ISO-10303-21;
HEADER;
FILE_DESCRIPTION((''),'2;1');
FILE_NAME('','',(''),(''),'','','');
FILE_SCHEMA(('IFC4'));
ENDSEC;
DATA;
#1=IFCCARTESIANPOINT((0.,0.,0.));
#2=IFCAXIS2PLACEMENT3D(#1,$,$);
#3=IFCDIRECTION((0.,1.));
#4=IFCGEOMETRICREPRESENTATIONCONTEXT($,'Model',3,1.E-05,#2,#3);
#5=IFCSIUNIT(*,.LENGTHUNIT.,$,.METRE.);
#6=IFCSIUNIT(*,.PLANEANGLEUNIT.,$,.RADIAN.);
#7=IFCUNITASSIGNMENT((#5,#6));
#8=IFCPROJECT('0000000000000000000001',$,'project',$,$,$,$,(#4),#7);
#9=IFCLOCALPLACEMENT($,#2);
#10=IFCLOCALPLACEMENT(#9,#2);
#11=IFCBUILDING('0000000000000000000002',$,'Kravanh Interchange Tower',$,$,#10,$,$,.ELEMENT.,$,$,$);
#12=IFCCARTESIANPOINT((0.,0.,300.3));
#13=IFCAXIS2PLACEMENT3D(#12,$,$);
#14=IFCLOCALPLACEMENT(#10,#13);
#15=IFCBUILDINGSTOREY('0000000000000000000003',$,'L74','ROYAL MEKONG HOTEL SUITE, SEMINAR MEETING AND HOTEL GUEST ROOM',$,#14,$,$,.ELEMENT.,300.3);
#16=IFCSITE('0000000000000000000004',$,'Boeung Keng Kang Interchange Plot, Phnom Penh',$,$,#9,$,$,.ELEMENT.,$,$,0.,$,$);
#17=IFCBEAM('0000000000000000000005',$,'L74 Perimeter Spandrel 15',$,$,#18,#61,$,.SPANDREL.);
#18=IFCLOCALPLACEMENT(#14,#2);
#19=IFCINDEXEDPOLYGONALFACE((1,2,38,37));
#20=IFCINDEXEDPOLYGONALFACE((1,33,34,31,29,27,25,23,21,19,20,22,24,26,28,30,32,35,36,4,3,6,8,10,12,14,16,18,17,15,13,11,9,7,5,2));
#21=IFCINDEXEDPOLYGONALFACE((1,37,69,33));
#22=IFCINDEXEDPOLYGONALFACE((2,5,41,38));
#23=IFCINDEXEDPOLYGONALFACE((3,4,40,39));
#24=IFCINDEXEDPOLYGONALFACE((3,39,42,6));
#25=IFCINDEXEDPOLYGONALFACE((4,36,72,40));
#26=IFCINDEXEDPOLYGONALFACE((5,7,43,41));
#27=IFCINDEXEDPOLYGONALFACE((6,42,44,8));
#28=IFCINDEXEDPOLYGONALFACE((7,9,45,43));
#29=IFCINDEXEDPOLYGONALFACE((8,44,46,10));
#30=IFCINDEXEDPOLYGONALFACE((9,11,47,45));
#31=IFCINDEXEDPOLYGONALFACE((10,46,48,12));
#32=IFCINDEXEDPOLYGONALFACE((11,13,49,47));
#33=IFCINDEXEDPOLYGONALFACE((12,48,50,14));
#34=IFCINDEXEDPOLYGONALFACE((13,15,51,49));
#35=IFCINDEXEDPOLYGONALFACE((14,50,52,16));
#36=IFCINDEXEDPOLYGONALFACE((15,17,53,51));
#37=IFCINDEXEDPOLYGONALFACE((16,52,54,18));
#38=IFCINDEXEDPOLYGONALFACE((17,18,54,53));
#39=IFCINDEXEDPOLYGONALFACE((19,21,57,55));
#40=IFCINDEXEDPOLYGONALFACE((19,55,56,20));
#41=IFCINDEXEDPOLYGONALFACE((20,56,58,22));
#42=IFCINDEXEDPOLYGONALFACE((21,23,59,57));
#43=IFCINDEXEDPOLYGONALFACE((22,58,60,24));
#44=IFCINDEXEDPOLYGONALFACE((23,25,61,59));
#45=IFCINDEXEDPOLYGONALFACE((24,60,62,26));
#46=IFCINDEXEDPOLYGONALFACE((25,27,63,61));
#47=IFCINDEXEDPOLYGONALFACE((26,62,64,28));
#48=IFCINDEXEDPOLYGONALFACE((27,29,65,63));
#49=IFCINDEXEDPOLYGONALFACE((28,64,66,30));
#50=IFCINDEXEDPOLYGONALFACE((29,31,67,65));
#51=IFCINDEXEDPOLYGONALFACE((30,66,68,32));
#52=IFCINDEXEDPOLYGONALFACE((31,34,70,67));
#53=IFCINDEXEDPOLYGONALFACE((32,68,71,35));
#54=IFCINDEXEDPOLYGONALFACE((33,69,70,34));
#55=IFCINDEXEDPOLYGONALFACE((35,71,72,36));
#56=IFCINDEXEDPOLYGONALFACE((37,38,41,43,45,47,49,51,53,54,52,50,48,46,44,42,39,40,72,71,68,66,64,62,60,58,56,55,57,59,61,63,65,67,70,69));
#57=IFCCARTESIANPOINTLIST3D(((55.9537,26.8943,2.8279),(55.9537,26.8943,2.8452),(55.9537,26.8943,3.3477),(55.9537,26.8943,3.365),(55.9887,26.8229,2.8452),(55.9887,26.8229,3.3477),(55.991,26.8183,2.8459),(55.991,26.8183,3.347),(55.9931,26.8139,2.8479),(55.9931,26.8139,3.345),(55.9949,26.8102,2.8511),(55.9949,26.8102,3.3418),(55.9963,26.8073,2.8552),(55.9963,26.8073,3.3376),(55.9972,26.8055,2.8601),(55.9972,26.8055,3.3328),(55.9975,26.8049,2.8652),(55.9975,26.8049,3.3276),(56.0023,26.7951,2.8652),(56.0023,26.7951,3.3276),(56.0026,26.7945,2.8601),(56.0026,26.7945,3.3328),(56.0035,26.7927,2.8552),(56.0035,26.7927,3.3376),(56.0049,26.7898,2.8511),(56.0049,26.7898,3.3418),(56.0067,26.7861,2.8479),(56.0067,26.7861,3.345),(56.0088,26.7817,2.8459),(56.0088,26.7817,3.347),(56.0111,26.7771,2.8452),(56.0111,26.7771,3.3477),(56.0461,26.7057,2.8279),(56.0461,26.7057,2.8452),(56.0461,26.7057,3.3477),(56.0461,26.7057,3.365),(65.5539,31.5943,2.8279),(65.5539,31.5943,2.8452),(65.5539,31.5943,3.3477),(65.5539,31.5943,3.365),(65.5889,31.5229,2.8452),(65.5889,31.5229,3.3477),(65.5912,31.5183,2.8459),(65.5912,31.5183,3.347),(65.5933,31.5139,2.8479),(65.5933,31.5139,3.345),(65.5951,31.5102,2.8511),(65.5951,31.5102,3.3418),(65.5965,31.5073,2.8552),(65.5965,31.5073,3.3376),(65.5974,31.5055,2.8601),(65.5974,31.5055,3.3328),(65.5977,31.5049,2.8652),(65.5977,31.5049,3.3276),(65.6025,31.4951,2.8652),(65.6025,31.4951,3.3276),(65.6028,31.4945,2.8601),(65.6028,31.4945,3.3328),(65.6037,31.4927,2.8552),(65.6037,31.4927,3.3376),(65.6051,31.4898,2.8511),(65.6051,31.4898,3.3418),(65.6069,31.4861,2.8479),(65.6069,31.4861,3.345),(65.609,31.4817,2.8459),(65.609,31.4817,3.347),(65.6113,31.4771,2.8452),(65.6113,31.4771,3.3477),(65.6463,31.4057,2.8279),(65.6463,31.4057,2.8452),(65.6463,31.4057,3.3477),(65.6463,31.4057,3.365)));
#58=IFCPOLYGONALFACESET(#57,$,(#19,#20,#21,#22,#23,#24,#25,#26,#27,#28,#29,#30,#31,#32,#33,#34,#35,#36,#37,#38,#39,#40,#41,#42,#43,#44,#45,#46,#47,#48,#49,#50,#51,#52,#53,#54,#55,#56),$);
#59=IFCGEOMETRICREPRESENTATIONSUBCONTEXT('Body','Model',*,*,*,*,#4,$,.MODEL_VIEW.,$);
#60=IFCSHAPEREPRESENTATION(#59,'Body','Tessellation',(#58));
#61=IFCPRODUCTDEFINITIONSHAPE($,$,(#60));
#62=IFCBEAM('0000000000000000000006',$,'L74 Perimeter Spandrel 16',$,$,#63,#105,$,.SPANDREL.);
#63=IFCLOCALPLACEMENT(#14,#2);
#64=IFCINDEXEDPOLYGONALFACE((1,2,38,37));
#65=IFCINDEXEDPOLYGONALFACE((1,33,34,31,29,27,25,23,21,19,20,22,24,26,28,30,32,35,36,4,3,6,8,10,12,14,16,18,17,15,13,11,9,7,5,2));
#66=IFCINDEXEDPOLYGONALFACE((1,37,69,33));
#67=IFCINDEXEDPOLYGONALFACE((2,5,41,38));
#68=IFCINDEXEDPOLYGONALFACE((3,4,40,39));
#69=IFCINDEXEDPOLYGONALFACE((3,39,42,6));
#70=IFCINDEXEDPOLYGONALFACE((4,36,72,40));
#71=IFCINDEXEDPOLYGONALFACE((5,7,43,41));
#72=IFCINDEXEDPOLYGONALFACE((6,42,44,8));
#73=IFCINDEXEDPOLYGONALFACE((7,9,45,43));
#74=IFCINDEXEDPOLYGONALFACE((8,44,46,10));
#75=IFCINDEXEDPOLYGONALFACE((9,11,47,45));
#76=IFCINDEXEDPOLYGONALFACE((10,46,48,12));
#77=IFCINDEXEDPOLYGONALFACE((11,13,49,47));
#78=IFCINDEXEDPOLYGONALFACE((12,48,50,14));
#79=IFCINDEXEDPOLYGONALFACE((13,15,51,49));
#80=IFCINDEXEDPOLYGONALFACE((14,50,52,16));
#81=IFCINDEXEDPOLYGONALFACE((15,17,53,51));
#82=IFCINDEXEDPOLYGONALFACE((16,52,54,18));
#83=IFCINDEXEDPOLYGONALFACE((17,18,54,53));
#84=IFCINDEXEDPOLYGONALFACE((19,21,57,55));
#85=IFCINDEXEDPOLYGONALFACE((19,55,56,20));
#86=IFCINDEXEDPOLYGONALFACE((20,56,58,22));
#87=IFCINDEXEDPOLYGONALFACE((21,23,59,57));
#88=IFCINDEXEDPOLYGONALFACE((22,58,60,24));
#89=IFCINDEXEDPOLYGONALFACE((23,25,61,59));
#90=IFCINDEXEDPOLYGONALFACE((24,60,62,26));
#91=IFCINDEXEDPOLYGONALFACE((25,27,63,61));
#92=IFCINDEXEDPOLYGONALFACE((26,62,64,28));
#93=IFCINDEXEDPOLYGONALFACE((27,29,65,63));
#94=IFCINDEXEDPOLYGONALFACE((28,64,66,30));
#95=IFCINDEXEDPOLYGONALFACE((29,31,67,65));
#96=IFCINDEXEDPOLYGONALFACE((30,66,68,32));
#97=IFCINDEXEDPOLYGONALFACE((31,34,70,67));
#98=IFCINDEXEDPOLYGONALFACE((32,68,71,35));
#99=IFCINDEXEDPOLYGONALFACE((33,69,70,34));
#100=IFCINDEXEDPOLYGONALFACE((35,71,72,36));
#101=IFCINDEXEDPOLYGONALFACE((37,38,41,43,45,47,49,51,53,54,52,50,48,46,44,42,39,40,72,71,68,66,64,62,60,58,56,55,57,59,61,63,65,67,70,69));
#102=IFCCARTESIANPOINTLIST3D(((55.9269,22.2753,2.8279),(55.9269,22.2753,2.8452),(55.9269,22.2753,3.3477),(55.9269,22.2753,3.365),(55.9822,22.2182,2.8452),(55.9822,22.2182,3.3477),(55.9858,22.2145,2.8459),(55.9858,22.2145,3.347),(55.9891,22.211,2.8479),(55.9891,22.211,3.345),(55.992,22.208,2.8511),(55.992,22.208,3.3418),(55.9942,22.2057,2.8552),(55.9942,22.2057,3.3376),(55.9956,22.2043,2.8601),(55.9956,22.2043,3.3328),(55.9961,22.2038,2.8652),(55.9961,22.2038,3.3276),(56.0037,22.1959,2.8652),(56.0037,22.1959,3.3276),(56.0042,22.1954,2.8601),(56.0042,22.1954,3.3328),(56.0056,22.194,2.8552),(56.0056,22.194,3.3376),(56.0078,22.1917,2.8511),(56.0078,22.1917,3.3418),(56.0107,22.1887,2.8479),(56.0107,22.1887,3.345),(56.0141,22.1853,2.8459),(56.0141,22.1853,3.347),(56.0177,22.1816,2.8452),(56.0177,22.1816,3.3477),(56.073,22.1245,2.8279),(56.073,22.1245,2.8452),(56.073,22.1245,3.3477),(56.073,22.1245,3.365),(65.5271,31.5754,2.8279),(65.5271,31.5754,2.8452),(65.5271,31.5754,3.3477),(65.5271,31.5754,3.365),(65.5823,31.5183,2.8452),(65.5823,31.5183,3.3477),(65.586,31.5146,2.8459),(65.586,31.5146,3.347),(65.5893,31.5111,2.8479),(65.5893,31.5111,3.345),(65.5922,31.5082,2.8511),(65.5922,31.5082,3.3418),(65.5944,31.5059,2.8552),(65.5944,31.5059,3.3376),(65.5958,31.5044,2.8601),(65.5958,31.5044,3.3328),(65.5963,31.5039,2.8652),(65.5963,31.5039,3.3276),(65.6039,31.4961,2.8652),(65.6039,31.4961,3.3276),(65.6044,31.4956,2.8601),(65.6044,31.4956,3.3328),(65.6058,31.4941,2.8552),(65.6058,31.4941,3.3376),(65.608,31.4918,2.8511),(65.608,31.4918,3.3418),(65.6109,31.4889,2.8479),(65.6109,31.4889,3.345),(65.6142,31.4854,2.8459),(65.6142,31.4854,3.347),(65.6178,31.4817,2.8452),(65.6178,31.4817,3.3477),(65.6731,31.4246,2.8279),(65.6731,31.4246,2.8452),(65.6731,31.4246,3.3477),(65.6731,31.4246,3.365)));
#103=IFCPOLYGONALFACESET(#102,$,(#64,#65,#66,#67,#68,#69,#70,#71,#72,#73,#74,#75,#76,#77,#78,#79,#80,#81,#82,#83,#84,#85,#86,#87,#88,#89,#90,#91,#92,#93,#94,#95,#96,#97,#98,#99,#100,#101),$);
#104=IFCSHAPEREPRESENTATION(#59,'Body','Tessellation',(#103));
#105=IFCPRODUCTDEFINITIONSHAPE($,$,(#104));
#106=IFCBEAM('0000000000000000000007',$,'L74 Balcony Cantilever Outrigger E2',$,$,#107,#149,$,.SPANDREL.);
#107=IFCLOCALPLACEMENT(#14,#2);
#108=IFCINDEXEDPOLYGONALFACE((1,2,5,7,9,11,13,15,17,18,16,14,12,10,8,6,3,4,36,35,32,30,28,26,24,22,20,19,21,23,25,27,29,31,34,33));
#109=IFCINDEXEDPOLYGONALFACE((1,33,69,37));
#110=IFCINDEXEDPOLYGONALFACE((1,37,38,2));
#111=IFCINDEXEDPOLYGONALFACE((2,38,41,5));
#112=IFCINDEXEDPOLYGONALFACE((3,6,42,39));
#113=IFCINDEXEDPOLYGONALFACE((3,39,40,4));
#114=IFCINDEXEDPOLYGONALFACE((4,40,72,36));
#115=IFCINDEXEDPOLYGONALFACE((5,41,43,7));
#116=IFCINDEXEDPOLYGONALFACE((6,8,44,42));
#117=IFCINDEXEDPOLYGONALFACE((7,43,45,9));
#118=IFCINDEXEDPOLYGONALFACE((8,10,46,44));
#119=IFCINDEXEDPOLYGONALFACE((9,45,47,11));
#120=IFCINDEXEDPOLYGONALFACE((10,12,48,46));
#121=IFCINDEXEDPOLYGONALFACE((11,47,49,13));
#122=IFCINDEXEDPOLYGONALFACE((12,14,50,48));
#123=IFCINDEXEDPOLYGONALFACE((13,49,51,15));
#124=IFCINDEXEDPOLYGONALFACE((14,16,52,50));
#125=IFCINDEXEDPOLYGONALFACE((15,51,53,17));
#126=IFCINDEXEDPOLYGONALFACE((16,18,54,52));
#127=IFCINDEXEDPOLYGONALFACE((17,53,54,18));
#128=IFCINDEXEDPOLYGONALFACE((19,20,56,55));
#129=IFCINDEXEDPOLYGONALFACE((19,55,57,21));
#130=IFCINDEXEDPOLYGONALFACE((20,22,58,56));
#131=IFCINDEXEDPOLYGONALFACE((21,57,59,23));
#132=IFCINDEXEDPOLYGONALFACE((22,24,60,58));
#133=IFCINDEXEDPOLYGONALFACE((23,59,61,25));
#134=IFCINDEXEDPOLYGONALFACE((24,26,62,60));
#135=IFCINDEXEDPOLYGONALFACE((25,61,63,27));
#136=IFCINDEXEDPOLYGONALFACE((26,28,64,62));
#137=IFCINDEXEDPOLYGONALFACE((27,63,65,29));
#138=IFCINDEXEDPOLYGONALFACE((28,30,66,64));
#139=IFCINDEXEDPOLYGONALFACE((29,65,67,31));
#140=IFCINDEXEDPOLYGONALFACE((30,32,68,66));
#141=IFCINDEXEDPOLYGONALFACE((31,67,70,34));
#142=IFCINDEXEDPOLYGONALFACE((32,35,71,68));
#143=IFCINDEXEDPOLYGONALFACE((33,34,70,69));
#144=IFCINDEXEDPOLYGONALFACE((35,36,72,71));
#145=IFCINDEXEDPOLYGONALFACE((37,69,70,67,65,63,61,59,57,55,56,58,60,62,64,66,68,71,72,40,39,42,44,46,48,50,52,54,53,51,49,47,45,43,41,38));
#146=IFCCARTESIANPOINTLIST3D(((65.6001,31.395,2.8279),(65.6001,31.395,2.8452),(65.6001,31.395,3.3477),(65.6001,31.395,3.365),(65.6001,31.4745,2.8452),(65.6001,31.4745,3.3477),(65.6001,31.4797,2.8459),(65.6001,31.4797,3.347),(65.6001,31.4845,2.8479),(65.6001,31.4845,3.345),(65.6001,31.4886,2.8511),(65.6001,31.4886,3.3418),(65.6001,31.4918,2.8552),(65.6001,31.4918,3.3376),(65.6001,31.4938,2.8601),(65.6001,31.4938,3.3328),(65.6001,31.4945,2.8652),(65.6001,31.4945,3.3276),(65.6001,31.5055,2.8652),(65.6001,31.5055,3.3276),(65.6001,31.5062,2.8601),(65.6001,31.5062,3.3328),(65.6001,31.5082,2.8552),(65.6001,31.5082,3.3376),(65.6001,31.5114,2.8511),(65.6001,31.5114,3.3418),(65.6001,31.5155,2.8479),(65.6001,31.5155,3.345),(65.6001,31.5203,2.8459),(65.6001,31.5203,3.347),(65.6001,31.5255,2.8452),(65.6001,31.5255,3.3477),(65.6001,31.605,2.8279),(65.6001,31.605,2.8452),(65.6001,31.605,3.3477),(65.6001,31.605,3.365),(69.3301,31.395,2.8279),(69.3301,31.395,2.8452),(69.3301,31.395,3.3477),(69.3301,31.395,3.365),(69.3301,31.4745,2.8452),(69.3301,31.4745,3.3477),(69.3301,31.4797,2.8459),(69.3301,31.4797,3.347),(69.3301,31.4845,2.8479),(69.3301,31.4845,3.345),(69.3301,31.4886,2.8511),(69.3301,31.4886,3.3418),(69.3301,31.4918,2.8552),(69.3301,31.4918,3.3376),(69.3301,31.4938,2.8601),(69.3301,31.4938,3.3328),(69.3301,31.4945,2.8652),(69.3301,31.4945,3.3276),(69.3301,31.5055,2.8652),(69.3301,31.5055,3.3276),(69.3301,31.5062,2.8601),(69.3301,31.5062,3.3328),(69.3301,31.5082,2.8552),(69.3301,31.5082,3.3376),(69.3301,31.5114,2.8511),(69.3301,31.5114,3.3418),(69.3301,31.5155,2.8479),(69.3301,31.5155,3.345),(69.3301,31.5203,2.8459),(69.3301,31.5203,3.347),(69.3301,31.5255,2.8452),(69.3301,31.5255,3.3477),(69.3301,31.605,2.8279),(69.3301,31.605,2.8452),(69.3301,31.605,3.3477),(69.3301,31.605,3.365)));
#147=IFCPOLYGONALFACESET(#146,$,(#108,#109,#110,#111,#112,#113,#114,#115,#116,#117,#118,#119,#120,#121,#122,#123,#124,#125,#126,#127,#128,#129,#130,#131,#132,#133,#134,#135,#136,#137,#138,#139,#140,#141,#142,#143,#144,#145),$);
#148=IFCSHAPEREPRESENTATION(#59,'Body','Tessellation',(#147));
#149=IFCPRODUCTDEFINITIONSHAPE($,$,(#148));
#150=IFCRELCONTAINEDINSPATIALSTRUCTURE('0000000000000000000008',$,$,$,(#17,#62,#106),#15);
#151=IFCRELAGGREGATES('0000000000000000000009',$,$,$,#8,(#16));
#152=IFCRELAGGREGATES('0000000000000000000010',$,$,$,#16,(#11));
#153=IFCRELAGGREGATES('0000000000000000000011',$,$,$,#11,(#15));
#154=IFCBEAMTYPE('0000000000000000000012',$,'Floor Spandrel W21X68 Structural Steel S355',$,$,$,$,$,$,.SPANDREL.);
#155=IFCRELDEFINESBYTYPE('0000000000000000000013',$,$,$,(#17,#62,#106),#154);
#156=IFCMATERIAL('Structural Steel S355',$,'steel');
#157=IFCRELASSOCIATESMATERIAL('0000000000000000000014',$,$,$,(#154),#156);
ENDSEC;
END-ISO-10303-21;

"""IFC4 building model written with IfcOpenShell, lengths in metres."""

from ifc_helpers import new_model, si_unit, direction, frame, origin, origin_2d, place, context, subcontext, project, spatial, i_section, extrude, material, material_profile, profile_set, type_object, element, save


model = new_model("IFC4")

# Units and contexts
model_context = context("Model", 3, precision=1e-05, world=origin(), true_north=direction((0.0, 1.0)))
body_context = subcontext(model_context, "Body", "Model", "MODEL_VIEW")
ifc_project = project(units=[si_unit("LENGTHUNIT", "METRE"), si_unit("PLANEANGLEUNIT", "RADIAN")], contexts=[model_context])

# Site, building, storey
site_placement = place(None, origin())
site = spatial("IfcSite", under=ifc_project, at=site_placement, Name="Boeung Keng Kang Interchange Plot, Phnom Penh", CompositionType="ELEMENT", RefElevation=0.0)
building_placement = place(site_placement, origin())
building = spatial("IfcBuilding", under=site, at=building_placement, Name="Kravanh Interchange Tower", CompositionType="ELEMENT")
storey_placement = place(building_placement, frame((0.0, 0.0, 300.3)))
storey = spatial("IfcBuildingStorey", under=building, at=storey_placement, Name="L74", Description="ROYAL MEKONG HOTEL SUITE, SEMINAR MEETING AND HOTEL GUEST ROOM", CompositionType="ELEMENT", Elevation=300.3)

# Beams
ifc_material_1 = material(Name="Structural Steel S355", Category="steel")
ifc_material_profile_1 = material_profile(ifc_material_1, i_section(OverallWidth=0.21, OverallDepth=0.5371, WebThickness=0.011, FlangeThickness=0.0173, FilletRadius=0.02, at=origin_2d()), Name="W21X68")
ifc_profile_set_1 = profile_set([ifc_material_profile_1], Name="Structural Steel S355")
beam_type_1 = type_object("IfcBeamType", Name="Floor Spandrel W21X68 Structural Steel S355", PredefinedType="SPANDREL", material=ifc_profile_set_1)
beam_1_placement = place(storey_placement, frame((65.6001, 31.5, 3.0964), z_axis=(-0.898142, -0.439706, 0.0), x_axis=(0.439706, -0.898142, 0.0)))
element("IfcBeam", 1, at=beam_1_placement, inside=storey, type_object=beam_type_1, Name="L74 Perimeter Spandrel 15", PredefinedType="SPANDREL", context=body_context, shape_type="SweptSolid", body=[
    extrude(i_section(OverallWidth=0.21, OverallDepth=0.5371, WebThickness=0.011, FlangeThickness=0.0173, FilletRadius=0.02, at=origin_2d()), origin(), (0.0, 0.0, 1.0), 10.689),
])
beam_2_placement = place(storey_placement, frame((65.6001, 31.5, 3.0964), z_axis=(-0.718242, -0.695793, 0.0), x_axis=(0.695793, -0.718242, 0.0)))
element("IfcBeam", 2, at=beam_2_placement, inside=storey, type_object=beam_type_1, Name="L74 Perimeter Spandrel 16", PredefinedType="SPANDREL", context=body_context, shape_type="SweptSolid", body=[
    extrude(i_section(OverallWidth=0.21, OverallDepth=0.5371, WebThickness=0.011, FlangeThickness=0.0173, FilletRadius=0.02, at=origin_2d()), origin(), (0.0, 0.0, 1.0), 13.3662),
])
beam_3_placement = place(storey_placement, frame((65.6001, 31.5, 3.0964), z_axis=(1.0, 0.0, 0.0), x_axis=(0.0, 1.0, 0.0)))
element("IfcBeam", 3, at=beam_3_placement, inside=storey, type_object=beam_type_1, Name="L74 Balcony Cantilever Outrigger E2", PredefinedType="SPANDREL", context=body_context, shape_type="SweptSolid", body=[
    extrude(i_section(OverallWidth=0.21, OverallDepth=0.5371, WebThickness=0.011, FlangeThickness=0.0173, FilletRadius=0.02, at=origin_2d()), origin(), (0.0, 0.0, 1.0), 3.73),
])

save(model, "model.ifc")
